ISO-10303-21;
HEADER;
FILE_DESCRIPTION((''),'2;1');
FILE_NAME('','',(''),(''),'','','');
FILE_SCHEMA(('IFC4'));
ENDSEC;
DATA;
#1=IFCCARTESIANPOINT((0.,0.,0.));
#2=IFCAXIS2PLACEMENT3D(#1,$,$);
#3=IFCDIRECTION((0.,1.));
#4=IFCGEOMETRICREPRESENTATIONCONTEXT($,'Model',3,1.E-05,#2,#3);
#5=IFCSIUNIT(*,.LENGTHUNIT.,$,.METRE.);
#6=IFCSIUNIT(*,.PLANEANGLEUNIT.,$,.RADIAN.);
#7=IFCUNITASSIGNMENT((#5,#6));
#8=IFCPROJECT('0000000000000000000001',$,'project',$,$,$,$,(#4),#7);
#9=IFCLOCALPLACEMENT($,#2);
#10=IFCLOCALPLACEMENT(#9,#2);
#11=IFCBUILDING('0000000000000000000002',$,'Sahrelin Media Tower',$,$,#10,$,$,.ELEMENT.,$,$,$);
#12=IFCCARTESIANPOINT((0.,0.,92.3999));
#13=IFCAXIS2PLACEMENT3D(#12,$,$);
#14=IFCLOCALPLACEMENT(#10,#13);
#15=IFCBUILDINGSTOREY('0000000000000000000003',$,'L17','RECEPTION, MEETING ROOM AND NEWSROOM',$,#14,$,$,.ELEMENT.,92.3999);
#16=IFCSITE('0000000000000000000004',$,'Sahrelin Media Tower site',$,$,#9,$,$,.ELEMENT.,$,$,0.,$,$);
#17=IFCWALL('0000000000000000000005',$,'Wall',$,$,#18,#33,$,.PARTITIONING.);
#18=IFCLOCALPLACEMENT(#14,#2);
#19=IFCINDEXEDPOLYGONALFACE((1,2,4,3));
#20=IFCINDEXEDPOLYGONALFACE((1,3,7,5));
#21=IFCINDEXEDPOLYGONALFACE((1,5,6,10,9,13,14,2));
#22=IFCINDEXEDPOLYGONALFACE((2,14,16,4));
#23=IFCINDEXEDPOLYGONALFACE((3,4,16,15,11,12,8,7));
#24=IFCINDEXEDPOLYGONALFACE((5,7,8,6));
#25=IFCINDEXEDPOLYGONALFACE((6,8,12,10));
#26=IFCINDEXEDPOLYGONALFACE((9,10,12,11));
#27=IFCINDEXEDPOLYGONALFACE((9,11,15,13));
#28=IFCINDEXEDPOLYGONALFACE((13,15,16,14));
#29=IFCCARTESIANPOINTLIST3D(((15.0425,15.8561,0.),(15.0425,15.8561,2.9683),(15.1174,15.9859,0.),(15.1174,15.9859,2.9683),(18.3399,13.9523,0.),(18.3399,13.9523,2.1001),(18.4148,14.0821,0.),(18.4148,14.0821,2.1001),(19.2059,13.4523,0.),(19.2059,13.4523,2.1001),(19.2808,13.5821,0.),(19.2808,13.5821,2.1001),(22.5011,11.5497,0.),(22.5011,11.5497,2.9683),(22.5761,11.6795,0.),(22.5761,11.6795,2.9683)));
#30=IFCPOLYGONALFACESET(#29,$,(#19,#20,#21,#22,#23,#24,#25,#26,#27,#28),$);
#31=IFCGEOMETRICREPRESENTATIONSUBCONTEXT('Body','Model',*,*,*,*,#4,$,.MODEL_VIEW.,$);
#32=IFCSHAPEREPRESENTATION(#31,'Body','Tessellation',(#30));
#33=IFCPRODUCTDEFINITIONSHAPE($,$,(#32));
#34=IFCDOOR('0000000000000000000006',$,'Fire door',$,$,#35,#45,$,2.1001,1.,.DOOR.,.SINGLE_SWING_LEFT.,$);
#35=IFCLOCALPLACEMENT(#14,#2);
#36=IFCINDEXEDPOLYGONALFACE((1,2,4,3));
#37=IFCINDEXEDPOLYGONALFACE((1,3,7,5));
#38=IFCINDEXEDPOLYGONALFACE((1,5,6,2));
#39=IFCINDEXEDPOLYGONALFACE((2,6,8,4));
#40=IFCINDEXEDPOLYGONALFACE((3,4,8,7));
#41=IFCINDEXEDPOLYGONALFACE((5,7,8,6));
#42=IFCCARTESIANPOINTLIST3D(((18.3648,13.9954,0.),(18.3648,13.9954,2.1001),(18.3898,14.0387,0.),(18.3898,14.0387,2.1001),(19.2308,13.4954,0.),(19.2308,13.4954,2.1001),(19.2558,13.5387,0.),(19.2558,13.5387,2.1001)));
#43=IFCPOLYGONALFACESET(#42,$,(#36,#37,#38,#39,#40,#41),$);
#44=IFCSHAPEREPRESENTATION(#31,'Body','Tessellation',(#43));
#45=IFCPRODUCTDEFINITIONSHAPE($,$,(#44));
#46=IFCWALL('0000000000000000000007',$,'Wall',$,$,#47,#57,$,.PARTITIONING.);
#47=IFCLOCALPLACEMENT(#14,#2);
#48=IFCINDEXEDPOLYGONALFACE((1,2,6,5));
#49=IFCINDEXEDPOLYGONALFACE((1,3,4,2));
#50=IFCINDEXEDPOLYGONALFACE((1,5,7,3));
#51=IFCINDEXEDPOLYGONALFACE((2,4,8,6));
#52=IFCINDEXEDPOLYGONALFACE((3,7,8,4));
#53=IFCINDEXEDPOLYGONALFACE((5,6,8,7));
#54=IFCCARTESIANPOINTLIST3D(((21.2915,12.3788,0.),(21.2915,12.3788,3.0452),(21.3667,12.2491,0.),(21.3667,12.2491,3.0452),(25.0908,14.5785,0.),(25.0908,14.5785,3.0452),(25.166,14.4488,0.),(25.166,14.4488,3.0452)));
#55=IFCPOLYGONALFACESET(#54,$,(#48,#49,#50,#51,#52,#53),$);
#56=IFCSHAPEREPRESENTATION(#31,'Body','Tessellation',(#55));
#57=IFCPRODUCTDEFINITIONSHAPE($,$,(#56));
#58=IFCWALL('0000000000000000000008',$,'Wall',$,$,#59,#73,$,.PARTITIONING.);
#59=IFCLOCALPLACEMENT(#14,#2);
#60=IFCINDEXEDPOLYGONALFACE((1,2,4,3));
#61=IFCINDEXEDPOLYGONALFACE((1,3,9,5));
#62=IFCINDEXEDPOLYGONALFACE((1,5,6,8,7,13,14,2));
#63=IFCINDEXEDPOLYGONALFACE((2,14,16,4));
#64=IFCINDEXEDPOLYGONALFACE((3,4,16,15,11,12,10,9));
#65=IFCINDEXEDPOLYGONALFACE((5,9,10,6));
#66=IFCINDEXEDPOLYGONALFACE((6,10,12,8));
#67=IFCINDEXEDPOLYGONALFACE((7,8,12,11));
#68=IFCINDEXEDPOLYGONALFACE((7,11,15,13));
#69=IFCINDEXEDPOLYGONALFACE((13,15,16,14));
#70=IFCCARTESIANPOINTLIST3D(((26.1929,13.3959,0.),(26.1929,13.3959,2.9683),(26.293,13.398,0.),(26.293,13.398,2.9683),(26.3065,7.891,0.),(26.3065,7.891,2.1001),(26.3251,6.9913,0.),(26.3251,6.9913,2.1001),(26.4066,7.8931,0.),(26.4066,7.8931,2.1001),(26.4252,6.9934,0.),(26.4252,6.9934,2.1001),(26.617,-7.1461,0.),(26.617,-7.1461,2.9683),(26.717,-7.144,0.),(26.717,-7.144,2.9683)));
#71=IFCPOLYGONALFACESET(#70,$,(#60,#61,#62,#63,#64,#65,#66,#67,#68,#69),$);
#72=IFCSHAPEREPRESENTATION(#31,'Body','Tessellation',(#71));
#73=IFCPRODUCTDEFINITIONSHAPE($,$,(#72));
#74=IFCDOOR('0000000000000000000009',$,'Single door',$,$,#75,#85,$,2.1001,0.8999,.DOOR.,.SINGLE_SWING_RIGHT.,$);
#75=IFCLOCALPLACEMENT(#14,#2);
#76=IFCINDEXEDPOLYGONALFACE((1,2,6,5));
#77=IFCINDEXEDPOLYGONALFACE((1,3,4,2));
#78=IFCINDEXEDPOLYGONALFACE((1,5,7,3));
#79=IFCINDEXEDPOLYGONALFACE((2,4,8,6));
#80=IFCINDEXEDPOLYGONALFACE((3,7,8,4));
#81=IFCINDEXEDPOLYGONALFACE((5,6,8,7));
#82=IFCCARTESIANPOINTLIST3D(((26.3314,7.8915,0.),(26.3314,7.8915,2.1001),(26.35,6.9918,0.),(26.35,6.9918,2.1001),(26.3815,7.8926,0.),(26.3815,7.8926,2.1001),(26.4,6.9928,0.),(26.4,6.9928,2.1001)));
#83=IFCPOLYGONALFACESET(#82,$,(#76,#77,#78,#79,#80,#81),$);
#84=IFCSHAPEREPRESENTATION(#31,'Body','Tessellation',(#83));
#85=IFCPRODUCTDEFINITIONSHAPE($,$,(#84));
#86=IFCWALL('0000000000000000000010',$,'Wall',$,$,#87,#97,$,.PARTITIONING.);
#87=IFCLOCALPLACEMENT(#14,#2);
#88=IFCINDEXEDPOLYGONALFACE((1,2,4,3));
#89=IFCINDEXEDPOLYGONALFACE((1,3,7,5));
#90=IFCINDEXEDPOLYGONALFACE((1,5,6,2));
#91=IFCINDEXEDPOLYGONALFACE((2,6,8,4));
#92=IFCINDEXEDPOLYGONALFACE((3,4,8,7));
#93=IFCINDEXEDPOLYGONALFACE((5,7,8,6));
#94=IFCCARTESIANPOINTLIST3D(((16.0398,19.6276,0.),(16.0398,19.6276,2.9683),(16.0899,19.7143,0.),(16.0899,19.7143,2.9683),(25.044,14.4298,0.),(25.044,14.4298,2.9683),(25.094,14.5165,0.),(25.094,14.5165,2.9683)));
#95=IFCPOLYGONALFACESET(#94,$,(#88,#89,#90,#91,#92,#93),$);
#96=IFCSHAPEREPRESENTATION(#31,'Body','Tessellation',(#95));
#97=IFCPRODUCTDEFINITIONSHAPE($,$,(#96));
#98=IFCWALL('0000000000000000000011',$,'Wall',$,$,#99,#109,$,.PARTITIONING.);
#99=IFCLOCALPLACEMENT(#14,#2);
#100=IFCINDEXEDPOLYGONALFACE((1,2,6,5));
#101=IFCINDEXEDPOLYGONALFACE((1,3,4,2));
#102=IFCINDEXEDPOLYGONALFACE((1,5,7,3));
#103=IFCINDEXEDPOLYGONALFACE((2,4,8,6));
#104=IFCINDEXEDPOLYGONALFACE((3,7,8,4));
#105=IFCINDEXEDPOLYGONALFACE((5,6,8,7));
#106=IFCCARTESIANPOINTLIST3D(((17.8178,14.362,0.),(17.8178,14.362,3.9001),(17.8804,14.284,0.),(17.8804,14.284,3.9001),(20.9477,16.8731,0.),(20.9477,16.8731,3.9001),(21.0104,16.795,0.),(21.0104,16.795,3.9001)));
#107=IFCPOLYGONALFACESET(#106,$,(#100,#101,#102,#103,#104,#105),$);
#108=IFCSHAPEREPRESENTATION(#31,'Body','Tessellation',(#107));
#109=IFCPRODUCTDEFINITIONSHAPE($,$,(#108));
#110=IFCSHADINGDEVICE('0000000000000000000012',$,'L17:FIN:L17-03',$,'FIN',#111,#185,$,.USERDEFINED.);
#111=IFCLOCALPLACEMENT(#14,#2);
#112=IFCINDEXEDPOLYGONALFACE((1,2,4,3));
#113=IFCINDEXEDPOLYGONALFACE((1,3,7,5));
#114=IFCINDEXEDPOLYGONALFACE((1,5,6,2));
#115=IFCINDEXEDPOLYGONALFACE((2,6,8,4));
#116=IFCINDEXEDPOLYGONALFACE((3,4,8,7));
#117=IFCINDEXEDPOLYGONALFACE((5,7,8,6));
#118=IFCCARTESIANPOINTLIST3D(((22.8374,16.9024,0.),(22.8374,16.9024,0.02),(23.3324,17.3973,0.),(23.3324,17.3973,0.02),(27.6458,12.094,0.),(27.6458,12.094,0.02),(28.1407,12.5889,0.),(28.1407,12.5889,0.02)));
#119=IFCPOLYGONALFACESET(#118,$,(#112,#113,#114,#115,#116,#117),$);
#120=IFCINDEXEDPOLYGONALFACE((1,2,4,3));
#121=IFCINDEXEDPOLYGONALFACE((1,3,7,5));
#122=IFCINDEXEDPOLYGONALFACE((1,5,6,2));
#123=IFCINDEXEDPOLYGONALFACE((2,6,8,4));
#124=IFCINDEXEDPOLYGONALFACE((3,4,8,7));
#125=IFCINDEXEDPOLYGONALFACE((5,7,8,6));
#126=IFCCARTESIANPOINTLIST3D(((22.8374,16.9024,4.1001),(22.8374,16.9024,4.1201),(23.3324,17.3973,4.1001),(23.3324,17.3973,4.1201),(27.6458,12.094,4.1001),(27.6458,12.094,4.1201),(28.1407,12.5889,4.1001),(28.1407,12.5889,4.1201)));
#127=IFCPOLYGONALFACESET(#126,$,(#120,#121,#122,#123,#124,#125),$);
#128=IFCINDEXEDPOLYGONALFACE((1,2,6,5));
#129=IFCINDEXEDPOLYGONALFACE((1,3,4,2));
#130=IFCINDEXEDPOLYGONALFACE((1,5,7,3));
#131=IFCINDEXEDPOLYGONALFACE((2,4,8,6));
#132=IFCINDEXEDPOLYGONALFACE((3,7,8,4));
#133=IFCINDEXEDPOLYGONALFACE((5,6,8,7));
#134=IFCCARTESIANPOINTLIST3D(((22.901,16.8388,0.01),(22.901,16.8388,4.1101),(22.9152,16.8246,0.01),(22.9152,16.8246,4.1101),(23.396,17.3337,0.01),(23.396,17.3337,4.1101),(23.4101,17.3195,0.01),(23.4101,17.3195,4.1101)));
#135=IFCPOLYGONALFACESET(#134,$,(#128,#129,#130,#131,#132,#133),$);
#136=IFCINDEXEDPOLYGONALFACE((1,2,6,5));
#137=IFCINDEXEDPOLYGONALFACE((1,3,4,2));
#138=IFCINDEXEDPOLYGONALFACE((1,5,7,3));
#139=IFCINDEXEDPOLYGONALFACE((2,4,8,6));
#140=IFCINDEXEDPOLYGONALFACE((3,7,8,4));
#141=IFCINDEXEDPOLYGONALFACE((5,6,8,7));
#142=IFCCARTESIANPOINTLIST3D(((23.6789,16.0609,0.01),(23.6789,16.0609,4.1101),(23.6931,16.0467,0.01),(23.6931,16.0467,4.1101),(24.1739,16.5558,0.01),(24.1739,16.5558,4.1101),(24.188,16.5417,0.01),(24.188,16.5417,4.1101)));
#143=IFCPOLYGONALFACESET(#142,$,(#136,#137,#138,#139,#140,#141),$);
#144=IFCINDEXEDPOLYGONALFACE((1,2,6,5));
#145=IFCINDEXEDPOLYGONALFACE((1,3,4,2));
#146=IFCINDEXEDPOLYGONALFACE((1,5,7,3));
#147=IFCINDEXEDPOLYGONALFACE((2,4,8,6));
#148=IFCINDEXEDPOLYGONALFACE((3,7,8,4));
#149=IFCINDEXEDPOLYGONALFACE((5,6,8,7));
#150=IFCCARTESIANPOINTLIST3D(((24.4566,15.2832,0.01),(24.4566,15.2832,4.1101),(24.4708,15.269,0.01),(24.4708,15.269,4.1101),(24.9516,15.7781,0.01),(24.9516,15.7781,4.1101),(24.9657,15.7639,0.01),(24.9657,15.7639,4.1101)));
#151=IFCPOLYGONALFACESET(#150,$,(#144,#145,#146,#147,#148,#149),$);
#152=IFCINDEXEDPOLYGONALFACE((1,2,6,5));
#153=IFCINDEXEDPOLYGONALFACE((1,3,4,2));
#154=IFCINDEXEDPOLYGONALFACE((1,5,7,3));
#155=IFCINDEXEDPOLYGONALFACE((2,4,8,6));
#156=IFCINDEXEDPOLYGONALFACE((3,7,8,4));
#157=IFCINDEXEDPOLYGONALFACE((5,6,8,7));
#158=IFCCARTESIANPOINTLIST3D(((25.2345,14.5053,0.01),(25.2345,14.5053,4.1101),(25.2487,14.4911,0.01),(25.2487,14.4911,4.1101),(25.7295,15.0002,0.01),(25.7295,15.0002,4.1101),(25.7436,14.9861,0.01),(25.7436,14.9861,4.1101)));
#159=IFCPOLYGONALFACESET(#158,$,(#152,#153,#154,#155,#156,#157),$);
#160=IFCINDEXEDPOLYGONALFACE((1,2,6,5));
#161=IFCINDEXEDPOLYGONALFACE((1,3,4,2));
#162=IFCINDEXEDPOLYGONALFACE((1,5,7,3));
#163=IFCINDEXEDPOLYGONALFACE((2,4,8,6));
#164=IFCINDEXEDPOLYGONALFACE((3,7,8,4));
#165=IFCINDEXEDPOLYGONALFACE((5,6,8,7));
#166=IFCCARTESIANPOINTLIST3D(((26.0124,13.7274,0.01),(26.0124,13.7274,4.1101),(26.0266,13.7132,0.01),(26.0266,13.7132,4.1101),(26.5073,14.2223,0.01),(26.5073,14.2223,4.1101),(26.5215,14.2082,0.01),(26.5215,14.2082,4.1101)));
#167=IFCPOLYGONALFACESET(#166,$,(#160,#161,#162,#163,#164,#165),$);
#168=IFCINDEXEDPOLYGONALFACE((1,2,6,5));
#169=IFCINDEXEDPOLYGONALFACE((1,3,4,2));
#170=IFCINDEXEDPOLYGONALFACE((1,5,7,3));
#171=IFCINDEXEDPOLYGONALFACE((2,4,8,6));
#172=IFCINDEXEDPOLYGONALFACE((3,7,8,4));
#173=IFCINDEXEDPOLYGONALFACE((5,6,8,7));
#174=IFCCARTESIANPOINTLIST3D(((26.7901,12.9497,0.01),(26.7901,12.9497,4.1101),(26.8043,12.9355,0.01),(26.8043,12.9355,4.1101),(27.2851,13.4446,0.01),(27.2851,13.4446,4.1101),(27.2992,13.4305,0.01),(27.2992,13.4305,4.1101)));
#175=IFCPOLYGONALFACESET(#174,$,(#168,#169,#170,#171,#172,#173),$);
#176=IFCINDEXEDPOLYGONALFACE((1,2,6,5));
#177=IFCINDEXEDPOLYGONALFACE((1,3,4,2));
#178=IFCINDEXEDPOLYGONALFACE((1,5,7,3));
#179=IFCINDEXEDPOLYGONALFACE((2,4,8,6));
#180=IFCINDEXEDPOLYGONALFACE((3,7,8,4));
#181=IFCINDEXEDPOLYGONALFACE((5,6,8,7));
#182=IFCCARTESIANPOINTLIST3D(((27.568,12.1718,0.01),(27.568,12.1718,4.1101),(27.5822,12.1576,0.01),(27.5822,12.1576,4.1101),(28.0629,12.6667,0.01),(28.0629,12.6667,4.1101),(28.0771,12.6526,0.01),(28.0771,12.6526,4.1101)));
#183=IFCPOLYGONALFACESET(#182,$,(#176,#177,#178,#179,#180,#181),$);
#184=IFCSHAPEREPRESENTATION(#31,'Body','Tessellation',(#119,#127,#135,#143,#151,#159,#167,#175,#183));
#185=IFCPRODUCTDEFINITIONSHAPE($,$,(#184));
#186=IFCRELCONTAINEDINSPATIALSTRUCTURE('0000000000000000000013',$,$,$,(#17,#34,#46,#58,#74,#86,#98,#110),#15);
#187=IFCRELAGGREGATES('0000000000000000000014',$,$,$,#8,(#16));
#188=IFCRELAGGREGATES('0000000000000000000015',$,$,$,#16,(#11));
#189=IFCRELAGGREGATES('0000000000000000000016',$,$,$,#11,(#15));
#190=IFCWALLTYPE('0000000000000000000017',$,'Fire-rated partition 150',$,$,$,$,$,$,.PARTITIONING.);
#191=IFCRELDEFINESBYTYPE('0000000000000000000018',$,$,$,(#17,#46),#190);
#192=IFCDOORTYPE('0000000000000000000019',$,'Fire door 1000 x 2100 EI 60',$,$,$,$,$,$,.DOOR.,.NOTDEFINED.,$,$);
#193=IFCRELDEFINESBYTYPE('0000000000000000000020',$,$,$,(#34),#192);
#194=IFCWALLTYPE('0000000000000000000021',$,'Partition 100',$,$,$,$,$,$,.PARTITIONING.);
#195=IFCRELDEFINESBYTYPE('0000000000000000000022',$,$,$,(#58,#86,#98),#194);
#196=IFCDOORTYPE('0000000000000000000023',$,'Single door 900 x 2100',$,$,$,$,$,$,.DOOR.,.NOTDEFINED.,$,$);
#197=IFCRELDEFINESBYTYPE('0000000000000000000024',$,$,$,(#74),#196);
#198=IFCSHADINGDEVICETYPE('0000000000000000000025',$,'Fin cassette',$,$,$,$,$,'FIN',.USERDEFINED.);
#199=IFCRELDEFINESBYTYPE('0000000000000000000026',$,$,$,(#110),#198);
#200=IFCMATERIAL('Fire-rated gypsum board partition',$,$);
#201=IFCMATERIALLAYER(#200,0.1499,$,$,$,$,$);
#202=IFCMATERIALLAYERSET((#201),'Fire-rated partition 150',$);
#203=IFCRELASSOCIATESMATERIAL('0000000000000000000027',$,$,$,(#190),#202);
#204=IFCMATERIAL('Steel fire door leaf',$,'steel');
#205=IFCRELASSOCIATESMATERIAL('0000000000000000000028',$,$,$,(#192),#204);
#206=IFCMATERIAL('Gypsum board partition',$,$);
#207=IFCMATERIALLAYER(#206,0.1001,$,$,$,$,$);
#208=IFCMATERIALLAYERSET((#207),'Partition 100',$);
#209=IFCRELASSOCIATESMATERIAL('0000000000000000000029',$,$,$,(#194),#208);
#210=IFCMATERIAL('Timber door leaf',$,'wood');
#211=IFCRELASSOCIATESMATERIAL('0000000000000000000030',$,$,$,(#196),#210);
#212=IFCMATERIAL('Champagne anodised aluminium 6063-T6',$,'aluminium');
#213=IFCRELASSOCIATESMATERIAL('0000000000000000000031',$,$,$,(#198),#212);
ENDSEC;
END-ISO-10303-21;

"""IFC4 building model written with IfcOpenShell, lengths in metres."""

from ifc_helpers import new_model, si_unit, direction, frame, frame_2d, origin, origin_2d, place, context, subcontext, project, spatial, rectangle, extrude, material, layer, layer_set, type_object, element, fill, save


model = new_model("IFC4")

# Units and contexts
model_context = context("Model", 3, precision=1e-05, world=origin(), true_north=direction((0.0, 1.0)))
body_context = subcontext(model_context, "Body", "Model", "MODEL_VIEW")
ifc_project = project(units=[si_unit("LENGTHUNIT", "METRE"), si_unit("PLANEANGLEUNIT", "RADIAN")], contexts=[model_context])

# Site, building, storey
site_placement = place(None, origin())
site = spatial("IfcSite", under=ifc_project, at=site_placement, Name="Sahrelin Media Tower site", CompositionType="ELEMENT", RefElevation=0.0)
building_placement = place(site_placement, origin())
building = spatial("IfcBuilding", under=site, at=building_placement, Name="Sahrelin Media Tower", CompositionType="ELEMENT")
storey_placement = place(building_placement, frame((0.0, 0.0, 92.3999)))
storey = spatial("IfcBuildingStorey", under=building, at=storey_placement, Name="L17", Description="RECEPTION, MEETING ROOM AND NEWSROOM", CompositionType="ELEMENT", Elevation=92.3999)

# Shared definitions
ifc_material_1 = material(Name="Champagne anodised aluminium 6063-T6", Category="aluminium")

# Wall, opening, door
ifc_material_2 = material(Name="Fire-rated gypsum board partition")
ifc_layer_1 = layer(ifc_material_2, 0.1499)
ifc_layer_set_1 = layer_set([ifc_layer_1], Name="Fire-rated partition 150")
wall_type_1 = type_object("IfcWallType", Name="Fire-rated partition 150", PredefinedType="PARTITIONING", material=ifc_layer_set_1)
wall_1_placement = place(storey_placement, frame((15.0801, 15.9209, 0.0), z_axis=(0.0, 0.0, 1.0), x_axis=(0.866021, -0.500008, 0.0)))
wall_1 = element("IfcWall", 1, at=wall_1_placement, inside=storey, type_object=wall_type_1, Name="Wall", PredefinedType="PARTITIONING", context=body_context, shape_type="SweptSolid", body=[
    extrude(rectangle(XDim=8.6125, YDim=0.1499, at=frame_2d((4.3062, 0.0))), origin(), (0.0, 0.0, 1.0), 2.9683),
])
opening_1_placement = place(wall_1_placement, frame((3.8074, 0.0, 0.0)))
opening_1 = element("IfcOpeningElement", 2, at=opening_1_placement, cuts=wall_1, PredefinedType="OPENING", context=body_context, shape_type="SweptSolid", body=[
    extrude(rectangle(XDim=1.0, YDim=2.1001, at=frame_2d((0.5, 1.05))), frame((0.0, 0.075, 0.0), z_axis=(0.0, -1.0, 0.0), x_axis=(1.0, 0.0, 0.0)), (0.0, 0.0, 1.0), 0.1499),
])
ifc_material_3 = material(Name="Steel fire door leaf", Category="steel")
door_type_1 = type_object("IfcDoorType", Name="Fire door 1000 x 2100 EI 60", OperationType="NOTDEFINED", PredefinedType="DOOR", material=ifc_material_3)
door_1_placement = place(opening_1_placement, origin())
door_1 = element("IfcDoor", 3, at=door_1_placement, inside=storey, type_object=door_type_1, Name="Fire door", OperationType="SINGLE_SWING_LEFT", OverallHeight=2.1001, OverallWidth=1.0, PredefinedType="DOOR", context=body_context, shape_type="SweptSolid", body=[
    extrude(rectangle(XDim=1.0, YDim=2.1001, at=frame_2d((0.5, 1.05))), frame((0.0, 0.0249, 0.0), z_axis=(0.0, -1.0, 0.0), x_axis=(1.0, 0.0, 0.0)), (0.0, 0.0, 1.0), 0.05),
])
fill(opening_1, door_1)

# Wall
wall_2_placement = place(storey_placement, frame((21.3291, 12.314, 0.0), z_axis=(0.0, 0.0, 1.0), x_axis=(0.865416, 0.501054, 0.0)))
element("IfcWall", 4, at=wall_2_placement, inside=storey, type_object=wall_type_1, Name="Wall", PredefinedType="PARTITIONING", context=body_context, shape_type="SweptSolid", body=[
    extrude(rectangle(XDim=4.3901, YDim=0.1499, at=frame_2d((2.1951, 0.0))), origin(), (0.0, 0.0, 1.0), 3.0452),
])

# Wall, opening, door
ifc_material_4 = material(Name="Gypsum board partition")
ifc_layer_2 = layer(ifc_material_4, 0.1001)
ifc_layer_set_2 = layer_set([ifc_layer_2], Name="Partition 100")
wall_type_2 = type_object("IfcWallType", Name="Partition 100", PredefinedType="PARTITIONING", material=ifc_layer_set_2)
wall_3_placement = place(storey_placement, frame((26.2429, 13.397, 0.0), z_axis=(0.0, 0.0, 1.0), x_axis=(0.02064, -0.999787, 0.0)))
wall_3 = element("IfcWall", 5, at=wall_3_placement, inside=storey, type_object=wall_type_2, Name="Wall", PredefinedType="PARTITIONING", context=body_context, shape_type="SweptSolid", body=[
    extrude(rectangle(XDim=20.5464, YDim=0.1001, at=frame_2d((10.2732, 0.0))), origin(), (0.0, 0.0, 1.0), 2.9683),
])
opening_2_placement = place(wall_3_placement, frame((5.5061, 0.0, 0.0)))
opening_2 = element("IfcOpeningElement", 6, at=opening_2_placement, cuts=wall_3, PredefinedType="OPENING", context=body_context, shape_type="SweptSolid", body=[
    extrude(rectangle(XDim=0.8999, YDim=2.1001, at=frame_2d((0.45, 1.05))), frame((0.0, 0.05, 0.0), z_axis=(0.0, -1.0, 0.0), x_axis=(1.0, 0.0, 0.0)), (0.0, 0.0, 1.0), 0.1001),
])
ifc_material_5 = material(Name="Timber door leaf", Category="wood")
door_type_2 = type_object("IfcDoorType", Name="Single door 900 x 2100", OperationType="NOTDEFINED", PredefinedType="DOOR", material=ifc_material_5)
door_2_placement = place(opening_2_placement, origin())
door_2 = element("IfcDoor", 7, at=door_2_placement, inside=storey, type_object=door_type_2, Name="Single door", OperationType="SINGLE_SWING_RIGHT", OverallHeight=2.1001, OverallWidth=0.8999, PredefinedType="DOOR", context=body_context, shape_type="SweptSolid", body=[
    extrude(rectangle(XDim=0.8999, YDim=2.1001, at=frame_2d((0.45, 1.05))), frame((0.0, 0.0249, 0.0), z_axis=(0.0, -1.0, 0.0), x_axis=(1.0, 0.0, 0.0)), (0.0, 0.0, 1.0), 0.05),
])
fill(opening_2, door_2)

# Walls
wall_4_placement = place(storey_placement, frame((16.0649, 19.6709, 0.0), z_axis=(0.0, 0.0, 1.0), x_axis=(0.866059, -0.499943, 0.0)))
element("IfcWall", 8, at=wall_4_placement, inside=storey, type_object=wall_type_2, Name="Wall", PredefinedType="PARTITIONING", context=body_context, shape_type="SweptSolid", body=[
    extrude(rectangle(XDim=10.3967, YDim=0.1001, at=frame_2d((5.1982, 0.0))), origin(), (0.0, 0.0, 1.0), 2.9683),
])
wall_5_placement = place(storey_placement, frame((17.8491, 14.323, 0.0), z_axis=(0.0, 0.0, 1.0), x_axis=(0.780007, 0.62577, 0.0)))
element("IfcWall", 9, at=wall_5_placement, inside=storey, type_object=wall_type_2, Name="Wall", PredefinedType="PARTITIONING", context=body_context, shape_type="SweptSolid", body=[
    extrude(rectangle(XDim=4.0127, YDim=0.1001, at=frame_2d((2.0063, 0.0))), origin(), (0.0, 0.0, 1.0), 3.9001),
])

# Shading device
shading_device_type_1 = type_object("IfcShadingDeviceType", Name="Fin cassette", ElementType="FIN", PredefinedType="USERDEFINED", material=ifc_material_1)
placement_1 = place(storey_placement, frame((25.1921, 14.4487, 0.0), z_axis=(0.0, 0.0, 1.0), x_axis=(0.707107, -0.707107, 0.0)))
element("IfcShadingDevice", 10, at=placement_1, inside=storey, type_object=shading_device_type_1, Name="L17:FIN:L17-03", ObjectType="FIN", PredefinedType="USERDEFINED", context=body_context, shape_type="SweptSolid", body=[
    extrude(rectangle(XDim=6.8, YDim=0.7, at=origin_2d()), frame((0.0, 0.4199, 0.0)), (0.0, 0.0, 1.0), 0.02),
    extrude(rectangle(XDim=6.8, YDim=0.7, at=origin_2d()), frame((0.0, 0.4199, 4.1001)), (0.0, 0.0, 1.0), 0.02),
    extrude(rectangle(XDim=0.02, YDim=0.7, at=origin_2d()), frame((-3.3, 0.4199, 0.01), z_axis=(0.0, 0.0, 1.0), x_axis=(1.0, 0.0, 0.0)), (0.0, 0.0, 1.0), 4.1001),
    extrude(rectangle(XDim=0.02, YDim=0.7, at=origin_2d()), frame((-2.2, 0.4199, 0.01), z_axis=(0.0, 0.0, 1.0), x_axis=(1.0, 0.0, 0.0)), (0.0, 0.0, 1.0), 4.1001),
    extrude(rectangle(XDim=0.02, YDim=0.7, at=origin_2d()), frame((-1.1001, 0.4199, 0.01), z_axis=(0.0, 0.0, 1.0), x_axis=(1.0, 0.0, 0.0)), (0.0, 0.0, 1.0), 4.1001),
    extrude(rectangle(XDim=0.02, YDim=0.7, at=origin_2d()), frame((0.0, 0.4199, 0.01), z_axis=(0.0, 0.0, 1.0), x_axis=(1.0, 0.0, 0.0)), (0.0, 0.0, 1.0), 4.1001),
    extrude(rectangle(XDim=0.02, YDim=0.7, at=origin_2d()), frame((1.1001, 0.4199, 0.01), z_axis=(0.0, 0.0, 1.0), x_axis=(1.0, 0.0, 0.0)), (0.0, 0.0, 1.0), 4.1001),
    extrude(rectangle(XDim=0.02, YDim=0.7, at=origin_2d()), frame((2.2, 0.4199, 0.01), z_axis=(0.0, 0.0, 1.0), x_axis=(1.0, 0.0, 0.0)), (0.0, 0.0, 1.0), 4.1001),
    extrude(rectangle(XDim=0.02, YDim=0.7, at=origin_2d()), frame((3.3, 0.4199, 0.01), z_axis=(0.0, 0.0, 1.0), x_axis=(1.0, 0.0, 0.0)), (0.0, 0.0, 1.0), 4.1001),
])

save(model, "model.ifc")
